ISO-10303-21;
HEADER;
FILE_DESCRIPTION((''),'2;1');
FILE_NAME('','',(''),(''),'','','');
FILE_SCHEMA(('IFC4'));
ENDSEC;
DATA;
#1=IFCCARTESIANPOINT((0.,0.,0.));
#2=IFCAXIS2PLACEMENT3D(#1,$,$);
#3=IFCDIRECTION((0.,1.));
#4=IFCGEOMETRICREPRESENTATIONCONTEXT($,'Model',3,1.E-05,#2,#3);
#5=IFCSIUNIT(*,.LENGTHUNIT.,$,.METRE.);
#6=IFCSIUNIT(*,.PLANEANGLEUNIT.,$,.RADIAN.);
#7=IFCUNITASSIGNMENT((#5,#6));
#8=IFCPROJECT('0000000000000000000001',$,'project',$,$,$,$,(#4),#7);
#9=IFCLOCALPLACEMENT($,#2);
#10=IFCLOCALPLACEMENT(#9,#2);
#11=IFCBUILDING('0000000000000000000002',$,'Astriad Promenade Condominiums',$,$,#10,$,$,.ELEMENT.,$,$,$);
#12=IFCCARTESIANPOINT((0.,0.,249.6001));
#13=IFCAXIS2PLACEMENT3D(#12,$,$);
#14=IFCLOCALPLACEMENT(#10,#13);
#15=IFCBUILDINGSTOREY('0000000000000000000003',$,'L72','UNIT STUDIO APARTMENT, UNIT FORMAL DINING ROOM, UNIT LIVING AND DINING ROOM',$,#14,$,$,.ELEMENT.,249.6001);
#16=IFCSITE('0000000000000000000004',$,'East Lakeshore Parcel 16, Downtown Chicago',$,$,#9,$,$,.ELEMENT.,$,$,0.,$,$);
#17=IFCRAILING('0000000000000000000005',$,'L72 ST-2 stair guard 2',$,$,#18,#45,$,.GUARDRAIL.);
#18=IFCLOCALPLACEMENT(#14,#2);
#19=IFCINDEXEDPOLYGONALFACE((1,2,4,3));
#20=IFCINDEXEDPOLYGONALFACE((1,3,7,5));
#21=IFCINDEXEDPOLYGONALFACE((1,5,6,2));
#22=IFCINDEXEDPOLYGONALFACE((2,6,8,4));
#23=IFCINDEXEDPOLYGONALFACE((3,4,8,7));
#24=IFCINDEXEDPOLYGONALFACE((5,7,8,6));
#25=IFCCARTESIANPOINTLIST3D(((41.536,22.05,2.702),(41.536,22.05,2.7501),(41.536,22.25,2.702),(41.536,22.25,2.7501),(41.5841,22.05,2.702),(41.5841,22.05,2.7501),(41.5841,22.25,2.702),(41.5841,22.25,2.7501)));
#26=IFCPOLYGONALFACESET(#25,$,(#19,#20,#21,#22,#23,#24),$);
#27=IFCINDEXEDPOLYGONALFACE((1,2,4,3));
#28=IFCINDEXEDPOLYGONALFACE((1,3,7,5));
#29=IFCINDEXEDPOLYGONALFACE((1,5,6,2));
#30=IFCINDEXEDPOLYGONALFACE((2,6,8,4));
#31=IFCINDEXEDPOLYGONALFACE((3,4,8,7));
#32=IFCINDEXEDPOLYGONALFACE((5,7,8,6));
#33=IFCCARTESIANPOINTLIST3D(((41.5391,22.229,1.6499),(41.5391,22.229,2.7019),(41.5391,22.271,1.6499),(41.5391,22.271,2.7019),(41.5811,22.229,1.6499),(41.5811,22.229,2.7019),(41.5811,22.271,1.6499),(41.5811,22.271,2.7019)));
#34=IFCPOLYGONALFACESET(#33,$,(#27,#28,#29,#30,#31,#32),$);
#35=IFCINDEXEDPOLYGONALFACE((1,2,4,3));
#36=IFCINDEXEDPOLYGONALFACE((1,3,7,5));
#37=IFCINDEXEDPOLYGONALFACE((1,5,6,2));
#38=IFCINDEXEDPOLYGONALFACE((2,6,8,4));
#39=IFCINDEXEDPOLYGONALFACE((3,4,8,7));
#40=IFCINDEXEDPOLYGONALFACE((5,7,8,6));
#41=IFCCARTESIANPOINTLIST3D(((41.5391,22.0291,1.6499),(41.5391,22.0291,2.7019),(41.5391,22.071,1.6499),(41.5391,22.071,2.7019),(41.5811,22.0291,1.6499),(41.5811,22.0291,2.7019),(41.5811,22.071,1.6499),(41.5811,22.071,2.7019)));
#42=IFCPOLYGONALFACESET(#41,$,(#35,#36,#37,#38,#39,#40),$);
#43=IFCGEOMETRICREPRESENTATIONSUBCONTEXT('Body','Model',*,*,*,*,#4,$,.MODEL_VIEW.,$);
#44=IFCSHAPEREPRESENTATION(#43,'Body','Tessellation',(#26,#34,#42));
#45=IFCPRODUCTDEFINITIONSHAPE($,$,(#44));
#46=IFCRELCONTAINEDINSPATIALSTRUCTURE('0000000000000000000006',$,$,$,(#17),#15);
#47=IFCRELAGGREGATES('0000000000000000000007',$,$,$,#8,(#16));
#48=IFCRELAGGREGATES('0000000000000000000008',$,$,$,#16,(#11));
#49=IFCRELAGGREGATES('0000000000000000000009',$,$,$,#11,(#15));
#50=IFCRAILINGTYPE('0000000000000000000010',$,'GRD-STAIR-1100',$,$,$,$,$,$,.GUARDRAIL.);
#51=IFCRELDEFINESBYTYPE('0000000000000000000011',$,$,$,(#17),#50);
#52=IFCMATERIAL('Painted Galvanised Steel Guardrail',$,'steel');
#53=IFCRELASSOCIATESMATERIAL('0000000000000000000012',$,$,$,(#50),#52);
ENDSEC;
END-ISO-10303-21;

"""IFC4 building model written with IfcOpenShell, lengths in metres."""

from ifc_helpers import new_model, si_unit, direction, frame, origin, origin_2d, place, context, subcontext, project, spatial, rectangle, extrude, source, transform, mapped, material, type_object, element, save


model = new_model("IFC4")

# Units and contexts
model_context = context("Model", 3, precision=1e-05, world=origin(), true_north=direction((0.0, 1.0)))
body_context = subcontext(model_context, "Body", "Model", "MODEL_VIEW")
ifc_project = project(units=[si_unit("LENGTHUNIT", "METRE"), si_unit("PLANEANGLEUNIT", "RADIAN")], contexts=[model_context])

# Site, building, storey
site_placement = place(None, origin())
site = spatial("IfcSite", under=ifc_project, at=site_placement, Name="East Lakeshore Parcel 16, Downtown Chicago", CompositionType="ELEMENT", RefElevation=0.0)
building_placement = place(site_placement, origin())
building = spatial("IfcBuilding", under=site, at=building_placement, Name="Astriad Promenade Condominiums", CompositionType="ELEMENT")
storey_placement = place(building_placement, frame((0.0, 0.0, 249.6001)))
storey = spatial("IfcBuildingStorey", under=building, at=storey_placement, Name="L72", Description="UNIT STUDIO APARTMENT, UNIT FORMAL DINING ROOM, UNIT LIVING AND DINING ROOM", CompositionType="ELEMENT", Elevation=249.6001)

# Railing
ifc_material_1 = material(Name="Painted Galvanised Steel Guardrail", Category="steel")
railing_type_1 = type_object("IfcRailingType", Name="GRD-STAIR-1100", PredefinedType="GUARDRAIL", material=ifc_material_1)
shared_shape_1 = source(origin(), body_context, "Body", "SweptSolid", [
    extrude(rectangle(XDim=0.0481, YDim=0.0481, at=origin_2d()), frame((0.0, 0.0, 1.0762), z_axis=(0.0, -1.0, 0.0), x_axis=(1.0, 0.0, 0.0)), (0.0, 0.0, 1.0), 0.2),
    extrude(rectangle(XDim=0.042, YDim=0.042, at=origin_2d()), origin(), (0.0, 0.0, 1.0), 1.052),
    extrude(rectangle(XDim=0.042, YDim=0.042, at=origin_2d()), frame((0.0, -0.2, 0.0)), (0.0, 0.0, 1.0), 1.052),
])
railing_1_placement = place(storey_placement, frame((41.5601, 22.25, 1.6499)))
element("IfcRailing", 1, at=railing_1_placement, inside=storey, type_object=railing_type_1, Name="L72 ST-2 stair guard 2", PredefinedType="GUARDRAIL", context=body_context, shape_type="MappedRepresentation", body=[
    mapped(shared_shape_1, transform((0.0, 0.0, 0.0), scale=1.0)),
])

save(model, "model.ifc")
